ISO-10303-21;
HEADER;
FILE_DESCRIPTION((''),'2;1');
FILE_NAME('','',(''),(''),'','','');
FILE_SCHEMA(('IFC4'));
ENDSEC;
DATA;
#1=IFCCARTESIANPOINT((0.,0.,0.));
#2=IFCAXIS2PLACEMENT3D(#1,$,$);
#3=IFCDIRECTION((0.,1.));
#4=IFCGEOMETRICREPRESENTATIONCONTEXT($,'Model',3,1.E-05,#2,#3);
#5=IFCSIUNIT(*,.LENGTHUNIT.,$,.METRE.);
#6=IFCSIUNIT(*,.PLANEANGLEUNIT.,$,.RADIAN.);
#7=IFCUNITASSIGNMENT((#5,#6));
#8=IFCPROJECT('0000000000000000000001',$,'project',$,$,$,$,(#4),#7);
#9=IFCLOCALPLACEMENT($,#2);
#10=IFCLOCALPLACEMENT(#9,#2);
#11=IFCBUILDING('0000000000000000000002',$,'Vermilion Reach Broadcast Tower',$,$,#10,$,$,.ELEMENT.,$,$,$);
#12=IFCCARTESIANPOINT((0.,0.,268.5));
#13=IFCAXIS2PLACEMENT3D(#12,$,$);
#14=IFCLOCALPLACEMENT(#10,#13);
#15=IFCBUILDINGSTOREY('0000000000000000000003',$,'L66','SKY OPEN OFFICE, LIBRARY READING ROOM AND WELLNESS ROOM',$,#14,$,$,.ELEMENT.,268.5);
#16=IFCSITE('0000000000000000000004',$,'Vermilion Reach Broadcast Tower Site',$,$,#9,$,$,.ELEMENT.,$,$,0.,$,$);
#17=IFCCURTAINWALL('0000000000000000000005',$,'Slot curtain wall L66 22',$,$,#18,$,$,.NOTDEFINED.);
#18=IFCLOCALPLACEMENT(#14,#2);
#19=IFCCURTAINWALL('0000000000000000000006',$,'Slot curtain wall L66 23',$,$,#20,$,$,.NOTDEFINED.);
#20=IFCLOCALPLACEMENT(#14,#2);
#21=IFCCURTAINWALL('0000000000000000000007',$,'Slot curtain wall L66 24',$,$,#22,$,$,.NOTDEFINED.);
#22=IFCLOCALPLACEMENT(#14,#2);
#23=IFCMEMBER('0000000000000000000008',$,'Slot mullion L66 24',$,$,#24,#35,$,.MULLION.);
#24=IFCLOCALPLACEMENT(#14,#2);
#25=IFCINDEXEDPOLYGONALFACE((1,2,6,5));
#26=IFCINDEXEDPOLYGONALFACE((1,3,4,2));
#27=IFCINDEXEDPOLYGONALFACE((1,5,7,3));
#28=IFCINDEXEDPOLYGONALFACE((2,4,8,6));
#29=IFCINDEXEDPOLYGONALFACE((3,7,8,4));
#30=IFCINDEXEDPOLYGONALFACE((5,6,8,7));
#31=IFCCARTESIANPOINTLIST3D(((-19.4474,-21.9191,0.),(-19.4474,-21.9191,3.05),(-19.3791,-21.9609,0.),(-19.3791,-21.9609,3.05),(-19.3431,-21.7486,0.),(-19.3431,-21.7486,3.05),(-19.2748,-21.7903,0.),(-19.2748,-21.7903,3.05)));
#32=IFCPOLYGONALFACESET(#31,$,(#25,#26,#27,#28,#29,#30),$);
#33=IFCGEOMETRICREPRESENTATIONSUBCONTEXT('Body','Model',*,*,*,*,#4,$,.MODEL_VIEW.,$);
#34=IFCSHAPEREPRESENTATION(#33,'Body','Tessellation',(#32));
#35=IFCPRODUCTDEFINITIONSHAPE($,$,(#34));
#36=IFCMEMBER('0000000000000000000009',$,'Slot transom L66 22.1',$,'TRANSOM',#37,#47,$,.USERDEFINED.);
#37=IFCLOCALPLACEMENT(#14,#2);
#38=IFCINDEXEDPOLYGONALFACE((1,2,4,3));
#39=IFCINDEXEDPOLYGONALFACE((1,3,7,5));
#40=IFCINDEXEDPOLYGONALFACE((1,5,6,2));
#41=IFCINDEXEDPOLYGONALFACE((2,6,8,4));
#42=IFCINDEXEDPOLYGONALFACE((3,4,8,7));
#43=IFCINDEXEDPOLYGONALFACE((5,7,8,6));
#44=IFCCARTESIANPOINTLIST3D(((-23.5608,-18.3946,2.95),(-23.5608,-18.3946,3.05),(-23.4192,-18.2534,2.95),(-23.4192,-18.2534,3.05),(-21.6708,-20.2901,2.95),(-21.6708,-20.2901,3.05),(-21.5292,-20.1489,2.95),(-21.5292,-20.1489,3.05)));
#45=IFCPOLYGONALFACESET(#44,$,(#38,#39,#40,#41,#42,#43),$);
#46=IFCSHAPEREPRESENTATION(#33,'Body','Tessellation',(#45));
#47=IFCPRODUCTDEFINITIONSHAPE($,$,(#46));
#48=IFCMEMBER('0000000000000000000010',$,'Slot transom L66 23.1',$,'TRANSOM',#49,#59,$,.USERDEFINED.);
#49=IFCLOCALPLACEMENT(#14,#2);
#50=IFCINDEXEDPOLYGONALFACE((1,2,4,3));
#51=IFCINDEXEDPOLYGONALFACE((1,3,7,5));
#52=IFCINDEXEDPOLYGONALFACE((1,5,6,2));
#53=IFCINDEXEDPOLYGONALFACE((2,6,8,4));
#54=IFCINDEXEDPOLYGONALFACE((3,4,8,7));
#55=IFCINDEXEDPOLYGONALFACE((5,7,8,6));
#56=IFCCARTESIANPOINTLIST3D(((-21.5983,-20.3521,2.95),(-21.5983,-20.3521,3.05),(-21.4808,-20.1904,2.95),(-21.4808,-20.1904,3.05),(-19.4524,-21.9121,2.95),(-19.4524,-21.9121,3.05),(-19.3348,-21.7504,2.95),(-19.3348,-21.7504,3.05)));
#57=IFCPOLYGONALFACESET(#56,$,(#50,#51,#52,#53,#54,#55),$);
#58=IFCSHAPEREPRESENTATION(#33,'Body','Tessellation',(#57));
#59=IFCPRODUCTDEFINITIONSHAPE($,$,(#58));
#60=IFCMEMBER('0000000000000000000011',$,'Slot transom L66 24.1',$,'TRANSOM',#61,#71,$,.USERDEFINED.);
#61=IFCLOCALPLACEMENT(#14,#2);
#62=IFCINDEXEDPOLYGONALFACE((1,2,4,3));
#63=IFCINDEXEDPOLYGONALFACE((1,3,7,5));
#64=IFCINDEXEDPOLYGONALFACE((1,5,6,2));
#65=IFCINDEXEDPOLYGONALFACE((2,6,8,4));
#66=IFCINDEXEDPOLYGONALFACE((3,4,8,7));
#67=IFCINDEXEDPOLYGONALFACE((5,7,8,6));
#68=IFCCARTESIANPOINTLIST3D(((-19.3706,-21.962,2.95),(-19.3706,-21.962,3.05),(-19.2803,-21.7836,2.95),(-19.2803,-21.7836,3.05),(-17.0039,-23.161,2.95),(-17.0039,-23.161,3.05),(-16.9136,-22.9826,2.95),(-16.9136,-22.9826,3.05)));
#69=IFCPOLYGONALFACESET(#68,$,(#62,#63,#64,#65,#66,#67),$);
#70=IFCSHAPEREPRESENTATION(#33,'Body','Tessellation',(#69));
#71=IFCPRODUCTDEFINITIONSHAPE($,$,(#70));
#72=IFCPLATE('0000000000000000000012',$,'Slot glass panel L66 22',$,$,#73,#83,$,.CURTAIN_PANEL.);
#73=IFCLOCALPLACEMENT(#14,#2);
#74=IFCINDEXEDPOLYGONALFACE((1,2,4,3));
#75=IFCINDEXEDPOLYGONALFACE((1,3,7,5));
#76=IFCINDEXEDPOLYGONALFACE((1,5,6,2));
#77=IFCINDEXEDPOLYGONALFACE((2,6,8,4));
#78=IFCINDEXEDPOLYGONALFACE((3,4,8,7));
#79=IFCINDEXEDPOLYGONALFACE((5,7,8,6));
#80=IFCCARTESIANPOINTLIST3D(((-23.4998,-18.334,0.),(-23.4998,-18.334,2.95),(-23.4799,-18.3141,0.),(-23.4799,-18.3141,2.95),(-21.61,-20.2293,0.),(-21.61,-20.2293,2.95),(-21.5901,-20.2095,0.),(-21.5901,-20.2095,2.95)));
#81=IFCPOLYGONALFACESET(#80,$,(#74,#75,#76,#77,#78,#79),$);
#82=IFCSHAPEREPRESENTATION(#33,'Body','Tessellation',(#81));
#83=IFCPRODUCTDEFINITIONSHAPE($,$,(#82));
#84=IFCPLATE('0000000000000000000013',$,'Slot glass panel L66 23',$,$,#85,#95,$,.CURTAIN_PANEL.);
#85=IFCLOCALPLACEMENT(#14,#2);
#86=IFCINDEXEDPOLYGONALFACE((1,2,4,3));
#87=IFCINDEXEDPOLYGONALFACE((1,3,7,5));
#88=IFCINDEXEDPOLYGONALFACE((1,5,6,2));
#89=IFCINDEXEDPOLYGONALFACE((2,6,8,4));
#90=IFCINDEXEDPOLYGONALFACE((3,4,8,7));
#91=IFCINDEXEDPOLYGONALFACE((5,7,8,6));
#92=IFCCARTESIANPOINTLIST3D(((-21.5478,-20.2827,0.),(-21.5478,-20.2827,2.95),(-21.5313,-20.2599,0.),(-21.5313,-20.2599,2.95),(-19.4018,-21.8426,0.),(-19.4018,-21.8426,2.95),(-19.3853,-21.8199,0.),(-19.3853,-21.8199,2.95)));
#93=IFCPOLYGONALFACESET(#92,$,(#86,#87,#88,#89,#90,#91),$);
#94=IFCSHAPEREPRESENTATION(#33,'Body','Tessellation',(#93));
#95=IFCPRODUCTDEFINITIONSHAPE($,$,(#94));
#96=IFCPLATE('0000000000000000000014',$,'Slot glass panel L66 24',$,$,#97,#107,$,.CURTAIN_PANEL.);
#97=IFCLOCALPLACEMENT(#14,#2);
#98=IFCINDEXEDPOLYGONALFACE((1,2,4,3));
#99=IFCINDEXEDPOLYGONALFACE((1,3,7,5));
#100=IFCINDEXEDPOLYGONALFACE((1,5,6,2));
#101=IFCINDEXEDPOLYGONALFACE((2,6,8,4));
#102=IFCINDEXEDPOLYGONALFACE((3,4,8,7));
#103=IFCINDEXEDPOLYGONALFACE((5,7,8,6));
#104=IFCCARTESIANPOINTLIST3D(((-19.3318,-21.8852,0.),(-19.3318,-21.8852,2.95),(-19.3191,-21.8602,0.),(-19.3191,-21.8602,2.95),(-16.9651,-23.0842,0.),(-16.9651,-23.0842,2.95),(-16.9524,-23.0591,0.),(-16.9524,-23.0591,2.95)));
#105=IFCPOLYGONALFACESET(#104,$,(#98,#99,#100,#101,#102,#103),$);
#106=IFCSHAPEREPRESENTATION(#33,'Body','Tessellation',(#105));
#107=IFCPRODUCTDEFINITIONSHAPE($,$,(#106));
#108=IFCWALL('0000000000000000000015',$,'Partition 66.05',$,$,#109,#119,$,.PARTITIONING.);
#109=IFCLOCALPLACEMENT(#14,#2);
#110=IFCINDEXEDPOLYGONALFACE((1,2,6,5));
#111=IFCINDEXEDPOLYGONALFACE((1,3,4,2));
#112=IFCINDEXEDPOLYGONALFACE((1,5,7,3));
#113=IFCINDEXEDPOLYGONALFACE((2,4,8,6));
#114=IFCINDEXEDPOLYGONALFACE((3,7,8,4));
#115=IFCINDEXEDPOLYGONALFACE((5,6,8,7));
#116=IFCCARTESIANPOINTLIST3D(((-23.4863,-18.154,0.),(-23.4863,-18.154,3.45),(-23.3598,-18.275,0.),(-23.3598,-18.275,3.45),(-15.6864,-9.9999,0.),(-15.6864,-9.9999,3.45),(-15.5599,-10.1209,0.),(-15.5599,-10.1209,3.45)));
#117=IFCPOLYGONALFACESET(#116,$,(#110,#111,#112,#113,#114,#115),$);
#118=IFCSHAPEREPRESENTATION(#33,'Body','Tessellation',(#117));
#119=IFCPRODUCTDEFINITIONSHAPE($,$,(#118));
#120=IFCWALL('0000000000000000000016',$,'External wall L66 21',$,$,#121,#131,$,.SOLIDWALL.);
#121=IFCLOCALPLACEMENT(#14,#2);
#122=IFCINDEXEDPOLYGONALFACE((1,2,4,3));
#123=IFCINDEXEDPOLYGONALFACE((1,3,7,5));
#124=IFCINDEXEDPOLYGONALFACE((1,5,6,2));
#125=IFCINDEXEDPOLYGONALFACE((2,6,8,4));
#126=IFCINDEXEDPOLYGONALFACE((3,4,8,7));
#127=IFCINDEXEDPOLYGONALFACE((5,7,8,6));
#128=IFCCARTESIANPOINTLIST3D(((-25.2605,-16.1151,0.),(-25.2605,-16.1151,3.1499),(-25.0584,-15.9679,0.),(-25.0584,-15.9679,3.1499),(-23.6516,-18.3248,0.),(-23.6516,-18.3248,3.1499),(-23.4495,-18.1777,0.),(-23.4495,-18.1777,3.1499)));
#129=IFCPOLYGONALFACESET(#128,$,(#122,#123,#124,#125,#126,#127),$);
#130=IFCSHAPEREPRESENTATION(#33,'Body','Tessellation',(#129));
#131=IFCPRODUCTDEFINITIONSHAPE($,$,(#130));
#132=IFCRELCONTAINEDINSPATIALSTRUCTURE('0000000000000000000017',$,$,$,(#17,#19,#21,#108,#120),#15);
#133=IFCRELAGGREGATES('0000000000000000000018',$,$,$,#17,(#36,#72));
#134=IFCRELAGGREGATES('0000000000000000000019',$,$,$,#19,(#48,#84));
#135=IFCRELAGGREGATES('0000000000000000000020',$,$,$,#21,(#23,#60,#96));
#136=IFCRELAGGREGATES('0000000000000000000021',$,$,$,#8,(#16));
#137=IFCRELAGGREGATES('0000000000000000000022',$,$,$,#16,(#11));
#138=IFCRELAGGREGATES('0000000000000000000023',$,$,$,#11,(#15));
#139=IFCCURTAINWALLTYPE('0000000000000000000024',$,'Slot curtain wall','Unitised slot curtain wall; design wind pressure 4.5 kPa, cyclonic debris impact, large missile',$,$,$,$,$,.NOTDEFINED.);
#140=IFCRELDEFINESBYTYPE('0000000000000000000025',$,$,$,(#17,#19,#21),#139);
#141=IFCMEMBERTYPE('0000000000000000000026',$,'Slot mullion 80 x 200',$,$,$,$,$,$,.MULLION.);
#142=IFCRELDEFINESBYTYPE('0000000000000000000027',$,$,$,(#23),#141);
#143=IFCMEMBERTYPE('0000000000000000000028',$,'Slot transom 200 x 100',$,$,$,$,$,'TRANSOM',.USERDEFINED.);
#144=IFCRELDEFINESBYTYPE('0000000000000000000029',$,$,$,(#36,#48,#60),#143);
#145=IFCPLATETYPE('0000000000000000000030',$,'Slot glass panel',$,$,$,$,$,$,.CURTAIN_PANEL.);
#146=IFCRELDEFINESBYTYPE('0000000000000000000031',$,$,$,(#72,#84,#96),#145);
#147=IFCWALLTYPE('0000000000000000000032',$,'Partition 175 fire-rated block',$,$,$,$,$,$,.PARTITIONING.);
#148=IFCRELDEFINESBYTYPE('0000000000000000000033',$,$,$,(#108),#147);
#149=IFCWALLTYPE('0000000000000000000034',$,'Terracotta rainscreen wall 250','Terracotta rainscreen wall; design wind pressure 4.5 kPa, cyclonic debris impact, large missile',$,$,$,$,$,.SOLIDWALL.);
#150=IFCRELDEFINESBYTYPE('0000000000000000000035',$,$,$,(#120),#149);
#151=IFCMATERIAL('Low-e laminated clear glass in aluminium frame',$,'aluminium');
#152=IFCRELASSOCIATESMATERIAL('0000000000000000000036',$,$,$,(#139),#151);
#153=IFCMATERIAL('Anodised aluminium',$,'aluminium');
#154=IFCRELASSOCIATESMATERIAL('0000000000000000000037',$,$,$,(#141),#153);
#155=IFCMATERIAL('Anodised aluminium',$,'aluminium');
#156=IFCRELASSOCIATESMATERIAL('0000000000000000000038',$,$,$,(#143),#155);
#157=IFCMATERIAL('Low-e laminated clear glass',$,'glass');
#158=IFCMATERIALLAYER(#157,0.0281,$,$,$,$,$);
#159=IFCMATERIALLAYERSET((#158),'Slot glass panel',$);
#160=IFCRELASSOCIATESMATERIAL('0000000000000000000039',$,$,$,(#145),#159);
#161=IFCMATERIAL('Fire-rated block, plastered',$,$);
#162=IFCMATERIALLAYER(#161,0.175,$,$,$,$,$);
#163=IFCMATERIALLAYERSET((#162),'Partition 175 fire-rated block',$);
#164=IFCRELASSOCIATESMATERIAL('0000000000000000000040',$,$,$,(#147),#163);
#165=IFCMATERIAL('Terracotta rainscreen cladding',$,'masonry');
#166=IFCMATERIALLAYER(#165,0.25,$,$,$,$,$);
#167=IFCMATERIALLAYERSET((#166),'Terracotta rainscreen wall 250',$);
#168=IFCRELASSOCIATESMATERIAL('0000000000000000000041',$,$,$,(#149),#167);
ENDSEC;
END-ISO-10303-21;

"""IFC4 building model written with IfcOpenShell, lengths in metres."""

from ifc_helpers import new_model, si_unit, direction, frame, frame_2d, origin, origin_2d, place, context, subcontext, project, spatial, rectangle, extrude, material, layer, layer_set, material_profile, profile_set, type_object, element, aggregate, save


model = new_model("IFC4")

# Units and contexts
model_context = context("Model", 3, precision=1e-05, world=origin(), true_north=direction((0.0, 1.0)))
body_context = subcontext(model_context, "Body", "Model", "MODEL_VIEW")
ifc_project = project(units=[si_unit("LENGTHUNIT", "METRE"), si_unit("PLANEANGLEUNIT", "RADIAN")], contexts=[model_context])

# Site, building, storey
site_placement = place(None, origin())
site = spatial("IfcSite", under=ifc_project, at=site_placement, Name="Vermilion Reach Broadcast Tower Site", CompositionType="ELEMENT", RefElevation=0.0)
building_placement = place(site_placement, origin())
building = spatial("IfcBuilding", under=site, at=building_placement, Name="Vermilion Reach Broadcast Tower", CompositionType="ELEMENT")
storey_placement = place(building_placement, frame((0.0, 0.0, 268.5)))
storey = spatial("IfcBuildingStorey", under=building, at=storey_placement, Name="L66", Description="SKY OPEN OFFICE, LIBRARY READING ROOM AND WELLNESS ROOM", CompositionType="ELEMENT", Elevation=268.5)

# Curtain walls, member
ifc_material_1 = material(Name="Low-e laminated clear glass in aluminium frame", Category="aluminium")
curtain_wall_type = type_object("IfcCurtainWallType", Name="Slot curtain wall", Description="Unitised slot curtain wall; design wind pressure 4.5 kPa, cyclonic debris impact, large missile", PredefinedType="NOTDEFINED", material=ifc_material_1)
placement = place(storey_placement, origin())
curtain_wall_1 = element("IfcCurtainWall", 1, at=placement, inside=storey, type_object=curtain_wall_type, Name="Slot curtain wall L66 22", PredefinedType="NOTDEFINED")
ifc_material_2 = material(Name="Anodised aluminium", Category="aluminium")
ifc_material_profile_1 = material_profile(ifc_material_2, rectangle(XDim=0.2, YDim=0.0801, at=origin_2d()), Name="Slot mullion 80 x 200")
ifc_profile_set_1 = profile_set([ifc_material_profile_1], Name="Anodised aluminium")
member_type_1 = type_object("IfcMemberType", Name="Slot mullion 80 x 200", PredefinedType="MULLION", material=ifc_profile_set_1)
curtain_wall_2 = element("IfcCurtainWall", 2, at=placement, inside=storey, type_object=curtain_wall_type, Name="Slot curtain wall L66 23", PredefinedType="NOTDEFINED")
curtain_wall_3 = element("IfcCurtainWall", 3, at=placement, inside=storey, type_object=curtain_wall_type, Name="Slot curtain wall L66 24", PredefinedType="NOTDEFINED")
member_1_placement = place(storey_placement, frame((-19.3611, -21.8547, 0.0), z_axis=(0.0, 0.0, 1.0), x_axis=(0.521605, 0.853187, 0.0)))
member_1 = element("IfcMember", 4, at=member_1_placement, type_object=member_type_1, Name="Slot mullion L66 24", PredefinedType="MULLION", context=body_context, shape_type="SweptSolid", body=[
    extrude(rectangle(XDim=0.2, YDim=0.0801, at=origin_2d()), origin(), (0.0, 0.0, 1.0), 3.05),
])

# Members
ifc_material_3 = material(Name="Anodised aluminium", Category="aluminium")
ifc_material_profile_2 = material_profile(ifc_material_3, rectangle(XDim=0.2, YDim=0.1001, at=origin_2d()), Name="Slot transom 200 x 100")
ifc_profile_set_2 = profile_set([ifc_material_profile_2], Name="Anodised aluminium")
member_type_2 = type_object("IfcMemberType", Name="Slot transom 200 x 100", ElementType="TRANSOM", PredefinedType="USERDEFINED", material=ifc_profile_set_2)
member_2_placement = place(storey_placement, frame((-23.49, -18.324, 3.0), z_axis=(0.706057, -0.708155, 0.0), x_axis=(0.708155, 0.706057, 0.0)))
member_2 = element("IfcMember", 5, at=member_2_placement, type_object=member_type_2, Name="Slot transom L66 22.1", ObjectType="TRANSOM", PredefinedType="USERDEFINED", context=body_context, shape_type="SweptSolid", body=[
    extrude(rectangle(XDim=0.2, YDim=0.1001, at=origin_2d()), origin(), (0.0, 0.0, 1.0), 2.6768),
])
member_3_placement = place(storey_placement, frame((-21.5396, -20.2712, 3.0), z_axis=(0.808855, -0.588008, 0.0), x_axis=(0.588008, 0.808855, 0.0)))
member_3 = element("IfcMember", 6, at=member_3_placement, type_object=member_type_2, Name="Slot transom L66 23.1", ObjectType="TRANSOM", PredefinedType="USERDEFINED", context=body_context, shape_type="SweptSolid", body=[
    extrude(rectangle(XDim=0.2, YDim=0.1001, at=origin_2d()), origin(), (0.0, 0.0, 1.0), 2.6531),
])
member_4_placement = place(storey_placement, frame((-19.3254, -21.8728, 3.0), z_axis=(0.892059, -0.451919, 0.0), x_axis=(0.451919, 0.892059, 0.0)))
member_4 = element("IfcMember", 7, at=member_4_placement, type_object=member_type_2, Name="Slot transom L66 24.1", ObjectType="TRANSOM", PredefinedType="USERDEFINED", context=body_context, shape_type="SweptSolid", body=[
    extrude(rectangle(XDim=0.2, YDim=0.1001, at=origin_2d()), origin(), (0.0, 0.0, 1.0), 2.6531),
])

# Plates
ifc_material_4 = material(Name="Low-e laminated clear glass", Category="glass")
ifc_layer_1 = layer(ifc_material_4, 0.0281)
ifc_layer_set_1 = layer_set([ifc_layer_1], Name="Slot glass panel")
plate_type = type_object("IfcPlateType", Name="Slot glass panel", PredefinedType="CURTAIN_PANEL", material=ifc_layer_set_1)
plate_1_placement = place(storey_placement, frame((-22.5449, -19.2717, 0.0), z_axis=(0.0, 0.0, 1.0), x_axis=(0.706063, -0.70815, 0.0)))
plate_1 = element("IfcPlate", 8, at=plate_1_placement, type_object=plate_type, Name="Slot glass panel L66 22", PredefinedType="CURTAIN_PANEL", context=body_context, shape_type="SweptSolid", body=[
    extrude(rectangle(XDim=2.6765, YDim=0.0281, at=origin_2d()), origin(), (0.0, 0.0, 1.0), 2.95),
])
aggregate(curtain_wall_1, [member_2, plate_1])
plate_2_placement = place(storey_placement, frame((-20.4666, -21.0513, 0.0), z_axis=(0.0, 0.0, 1.0), x_axis=(0.808881, -0.587972, 0.0)))
plate_2 = element("IfcPlate", 9, at=plate_2_placement, type_object=plate_type, Name="Slot glass panel L66 23", PredefinedType="CURTAIN_PANEL", context=body_context, shape_type="SweptSolid", body=[
    extrude(rectangle(XDim=2.6531, YDim=0.0281, at=origin_2d()), origin(), (0.0, 0.0, 1.0), 2.95),
])
aggregate(curtain_wall_2, [member_3, plate_2])
plate_3_placement = place(storey_placement, frame((-18.1421, -22.4722, 0.0), z_axis=(0.0, 0.0, 1.0), x_axis=(0.89206, -0.451917, 0.0)))
plate_3 = element("IfcPlate", 10, at=plate_3_placement, type_object=plate_type, Name="Slot glass panel L66 24", PredefinedType="CURTAIN_PANEL", context=body_context, shape_type="SweptSolid", body=[
    extrude(rectangle(XDim=2.6531, YDim=0.0281, at=origin_2d()), origin(), (0.0, 0.0, 1.0), 2.95),
])
aggregate(curtain_wall_3, [member_1, member_4, plate_3])

# Wall
ifc_material_5 = material(Name="Fire-rated block, plastered")
ifc_layer_2 = layer(ifc_material_5, 0.175)
ifc_layer_set_2 = layer_set([ifc_layer_2], Name="Partition 175 fire-rated block")
wall_type_1 = type_object("IfcWallType", Name="Partition 175 fire-rated block", PredefinedType="PARTITIONING", material=ifc_layer_set_2)
wall_1_placement = place(storey_placement, frame((-23.4231, -18.2146, 0.0), z_axis=(0.0, 0.0, 1.0), x_axis=(0.691235, 0.72263, 0.0)))
element("IfcWall", 11, at=wall_1_placement, inside=storey, type_object=wall_type_1, Name="Partition 66.05", PredefinedType="PARTITIONING", context=body_context, shape_type="SweptSolid", body=[
    extrude(rectangle(XDim=11.2839, YDim=0.175, at=frame_2d((5.6421, 0.0))), origin(), (0.0, 0.0, 1.0), 3.45),
])

# Shared definitions
ifc_material_6 = material(Name="Terracotta rainscreen cladding", Category="masonry")
ifc_layer_3 = layer(ifc_material_6, 0.25)
ifc_layer_set_3 = layer_set([ifc_layer_3], Name="Terracotta rainscreen wall 250")
wall_type_2 = type_object("IfcWallType", Name="Terracotta rainscreen wall 250", Description="Terracotta rainscreen wall; design wind pressure 4.5 kPa, cyclonic debris impact, large missile", PredefinedType="SOLIDWALL", material=ifc_layer_set_3)

# Wall
wall_2_placement = place(storey_placement, frame((-25.1594, -16.0415, 0.0), z_axis=(0.0, 0.0, 1.0), x_axis=(0.588607, -0.808419, 0.0)))
element("IfcWall", 12, at=wall_2_placement, inside=storey, type_object=wall_type_2, Name="External wall L66 21", PredefinedType="SOLIDWALL", context=body_context, shape_type="SweptSolid", body=[
    extrude(rectangle(XDim=2.7334, YDim=0.25, at=frame_2d((1.3667, 0.0))), origin(), (0.0, 0.0, 1.0), 3.1499),
])

save(model, "model.ifc")
